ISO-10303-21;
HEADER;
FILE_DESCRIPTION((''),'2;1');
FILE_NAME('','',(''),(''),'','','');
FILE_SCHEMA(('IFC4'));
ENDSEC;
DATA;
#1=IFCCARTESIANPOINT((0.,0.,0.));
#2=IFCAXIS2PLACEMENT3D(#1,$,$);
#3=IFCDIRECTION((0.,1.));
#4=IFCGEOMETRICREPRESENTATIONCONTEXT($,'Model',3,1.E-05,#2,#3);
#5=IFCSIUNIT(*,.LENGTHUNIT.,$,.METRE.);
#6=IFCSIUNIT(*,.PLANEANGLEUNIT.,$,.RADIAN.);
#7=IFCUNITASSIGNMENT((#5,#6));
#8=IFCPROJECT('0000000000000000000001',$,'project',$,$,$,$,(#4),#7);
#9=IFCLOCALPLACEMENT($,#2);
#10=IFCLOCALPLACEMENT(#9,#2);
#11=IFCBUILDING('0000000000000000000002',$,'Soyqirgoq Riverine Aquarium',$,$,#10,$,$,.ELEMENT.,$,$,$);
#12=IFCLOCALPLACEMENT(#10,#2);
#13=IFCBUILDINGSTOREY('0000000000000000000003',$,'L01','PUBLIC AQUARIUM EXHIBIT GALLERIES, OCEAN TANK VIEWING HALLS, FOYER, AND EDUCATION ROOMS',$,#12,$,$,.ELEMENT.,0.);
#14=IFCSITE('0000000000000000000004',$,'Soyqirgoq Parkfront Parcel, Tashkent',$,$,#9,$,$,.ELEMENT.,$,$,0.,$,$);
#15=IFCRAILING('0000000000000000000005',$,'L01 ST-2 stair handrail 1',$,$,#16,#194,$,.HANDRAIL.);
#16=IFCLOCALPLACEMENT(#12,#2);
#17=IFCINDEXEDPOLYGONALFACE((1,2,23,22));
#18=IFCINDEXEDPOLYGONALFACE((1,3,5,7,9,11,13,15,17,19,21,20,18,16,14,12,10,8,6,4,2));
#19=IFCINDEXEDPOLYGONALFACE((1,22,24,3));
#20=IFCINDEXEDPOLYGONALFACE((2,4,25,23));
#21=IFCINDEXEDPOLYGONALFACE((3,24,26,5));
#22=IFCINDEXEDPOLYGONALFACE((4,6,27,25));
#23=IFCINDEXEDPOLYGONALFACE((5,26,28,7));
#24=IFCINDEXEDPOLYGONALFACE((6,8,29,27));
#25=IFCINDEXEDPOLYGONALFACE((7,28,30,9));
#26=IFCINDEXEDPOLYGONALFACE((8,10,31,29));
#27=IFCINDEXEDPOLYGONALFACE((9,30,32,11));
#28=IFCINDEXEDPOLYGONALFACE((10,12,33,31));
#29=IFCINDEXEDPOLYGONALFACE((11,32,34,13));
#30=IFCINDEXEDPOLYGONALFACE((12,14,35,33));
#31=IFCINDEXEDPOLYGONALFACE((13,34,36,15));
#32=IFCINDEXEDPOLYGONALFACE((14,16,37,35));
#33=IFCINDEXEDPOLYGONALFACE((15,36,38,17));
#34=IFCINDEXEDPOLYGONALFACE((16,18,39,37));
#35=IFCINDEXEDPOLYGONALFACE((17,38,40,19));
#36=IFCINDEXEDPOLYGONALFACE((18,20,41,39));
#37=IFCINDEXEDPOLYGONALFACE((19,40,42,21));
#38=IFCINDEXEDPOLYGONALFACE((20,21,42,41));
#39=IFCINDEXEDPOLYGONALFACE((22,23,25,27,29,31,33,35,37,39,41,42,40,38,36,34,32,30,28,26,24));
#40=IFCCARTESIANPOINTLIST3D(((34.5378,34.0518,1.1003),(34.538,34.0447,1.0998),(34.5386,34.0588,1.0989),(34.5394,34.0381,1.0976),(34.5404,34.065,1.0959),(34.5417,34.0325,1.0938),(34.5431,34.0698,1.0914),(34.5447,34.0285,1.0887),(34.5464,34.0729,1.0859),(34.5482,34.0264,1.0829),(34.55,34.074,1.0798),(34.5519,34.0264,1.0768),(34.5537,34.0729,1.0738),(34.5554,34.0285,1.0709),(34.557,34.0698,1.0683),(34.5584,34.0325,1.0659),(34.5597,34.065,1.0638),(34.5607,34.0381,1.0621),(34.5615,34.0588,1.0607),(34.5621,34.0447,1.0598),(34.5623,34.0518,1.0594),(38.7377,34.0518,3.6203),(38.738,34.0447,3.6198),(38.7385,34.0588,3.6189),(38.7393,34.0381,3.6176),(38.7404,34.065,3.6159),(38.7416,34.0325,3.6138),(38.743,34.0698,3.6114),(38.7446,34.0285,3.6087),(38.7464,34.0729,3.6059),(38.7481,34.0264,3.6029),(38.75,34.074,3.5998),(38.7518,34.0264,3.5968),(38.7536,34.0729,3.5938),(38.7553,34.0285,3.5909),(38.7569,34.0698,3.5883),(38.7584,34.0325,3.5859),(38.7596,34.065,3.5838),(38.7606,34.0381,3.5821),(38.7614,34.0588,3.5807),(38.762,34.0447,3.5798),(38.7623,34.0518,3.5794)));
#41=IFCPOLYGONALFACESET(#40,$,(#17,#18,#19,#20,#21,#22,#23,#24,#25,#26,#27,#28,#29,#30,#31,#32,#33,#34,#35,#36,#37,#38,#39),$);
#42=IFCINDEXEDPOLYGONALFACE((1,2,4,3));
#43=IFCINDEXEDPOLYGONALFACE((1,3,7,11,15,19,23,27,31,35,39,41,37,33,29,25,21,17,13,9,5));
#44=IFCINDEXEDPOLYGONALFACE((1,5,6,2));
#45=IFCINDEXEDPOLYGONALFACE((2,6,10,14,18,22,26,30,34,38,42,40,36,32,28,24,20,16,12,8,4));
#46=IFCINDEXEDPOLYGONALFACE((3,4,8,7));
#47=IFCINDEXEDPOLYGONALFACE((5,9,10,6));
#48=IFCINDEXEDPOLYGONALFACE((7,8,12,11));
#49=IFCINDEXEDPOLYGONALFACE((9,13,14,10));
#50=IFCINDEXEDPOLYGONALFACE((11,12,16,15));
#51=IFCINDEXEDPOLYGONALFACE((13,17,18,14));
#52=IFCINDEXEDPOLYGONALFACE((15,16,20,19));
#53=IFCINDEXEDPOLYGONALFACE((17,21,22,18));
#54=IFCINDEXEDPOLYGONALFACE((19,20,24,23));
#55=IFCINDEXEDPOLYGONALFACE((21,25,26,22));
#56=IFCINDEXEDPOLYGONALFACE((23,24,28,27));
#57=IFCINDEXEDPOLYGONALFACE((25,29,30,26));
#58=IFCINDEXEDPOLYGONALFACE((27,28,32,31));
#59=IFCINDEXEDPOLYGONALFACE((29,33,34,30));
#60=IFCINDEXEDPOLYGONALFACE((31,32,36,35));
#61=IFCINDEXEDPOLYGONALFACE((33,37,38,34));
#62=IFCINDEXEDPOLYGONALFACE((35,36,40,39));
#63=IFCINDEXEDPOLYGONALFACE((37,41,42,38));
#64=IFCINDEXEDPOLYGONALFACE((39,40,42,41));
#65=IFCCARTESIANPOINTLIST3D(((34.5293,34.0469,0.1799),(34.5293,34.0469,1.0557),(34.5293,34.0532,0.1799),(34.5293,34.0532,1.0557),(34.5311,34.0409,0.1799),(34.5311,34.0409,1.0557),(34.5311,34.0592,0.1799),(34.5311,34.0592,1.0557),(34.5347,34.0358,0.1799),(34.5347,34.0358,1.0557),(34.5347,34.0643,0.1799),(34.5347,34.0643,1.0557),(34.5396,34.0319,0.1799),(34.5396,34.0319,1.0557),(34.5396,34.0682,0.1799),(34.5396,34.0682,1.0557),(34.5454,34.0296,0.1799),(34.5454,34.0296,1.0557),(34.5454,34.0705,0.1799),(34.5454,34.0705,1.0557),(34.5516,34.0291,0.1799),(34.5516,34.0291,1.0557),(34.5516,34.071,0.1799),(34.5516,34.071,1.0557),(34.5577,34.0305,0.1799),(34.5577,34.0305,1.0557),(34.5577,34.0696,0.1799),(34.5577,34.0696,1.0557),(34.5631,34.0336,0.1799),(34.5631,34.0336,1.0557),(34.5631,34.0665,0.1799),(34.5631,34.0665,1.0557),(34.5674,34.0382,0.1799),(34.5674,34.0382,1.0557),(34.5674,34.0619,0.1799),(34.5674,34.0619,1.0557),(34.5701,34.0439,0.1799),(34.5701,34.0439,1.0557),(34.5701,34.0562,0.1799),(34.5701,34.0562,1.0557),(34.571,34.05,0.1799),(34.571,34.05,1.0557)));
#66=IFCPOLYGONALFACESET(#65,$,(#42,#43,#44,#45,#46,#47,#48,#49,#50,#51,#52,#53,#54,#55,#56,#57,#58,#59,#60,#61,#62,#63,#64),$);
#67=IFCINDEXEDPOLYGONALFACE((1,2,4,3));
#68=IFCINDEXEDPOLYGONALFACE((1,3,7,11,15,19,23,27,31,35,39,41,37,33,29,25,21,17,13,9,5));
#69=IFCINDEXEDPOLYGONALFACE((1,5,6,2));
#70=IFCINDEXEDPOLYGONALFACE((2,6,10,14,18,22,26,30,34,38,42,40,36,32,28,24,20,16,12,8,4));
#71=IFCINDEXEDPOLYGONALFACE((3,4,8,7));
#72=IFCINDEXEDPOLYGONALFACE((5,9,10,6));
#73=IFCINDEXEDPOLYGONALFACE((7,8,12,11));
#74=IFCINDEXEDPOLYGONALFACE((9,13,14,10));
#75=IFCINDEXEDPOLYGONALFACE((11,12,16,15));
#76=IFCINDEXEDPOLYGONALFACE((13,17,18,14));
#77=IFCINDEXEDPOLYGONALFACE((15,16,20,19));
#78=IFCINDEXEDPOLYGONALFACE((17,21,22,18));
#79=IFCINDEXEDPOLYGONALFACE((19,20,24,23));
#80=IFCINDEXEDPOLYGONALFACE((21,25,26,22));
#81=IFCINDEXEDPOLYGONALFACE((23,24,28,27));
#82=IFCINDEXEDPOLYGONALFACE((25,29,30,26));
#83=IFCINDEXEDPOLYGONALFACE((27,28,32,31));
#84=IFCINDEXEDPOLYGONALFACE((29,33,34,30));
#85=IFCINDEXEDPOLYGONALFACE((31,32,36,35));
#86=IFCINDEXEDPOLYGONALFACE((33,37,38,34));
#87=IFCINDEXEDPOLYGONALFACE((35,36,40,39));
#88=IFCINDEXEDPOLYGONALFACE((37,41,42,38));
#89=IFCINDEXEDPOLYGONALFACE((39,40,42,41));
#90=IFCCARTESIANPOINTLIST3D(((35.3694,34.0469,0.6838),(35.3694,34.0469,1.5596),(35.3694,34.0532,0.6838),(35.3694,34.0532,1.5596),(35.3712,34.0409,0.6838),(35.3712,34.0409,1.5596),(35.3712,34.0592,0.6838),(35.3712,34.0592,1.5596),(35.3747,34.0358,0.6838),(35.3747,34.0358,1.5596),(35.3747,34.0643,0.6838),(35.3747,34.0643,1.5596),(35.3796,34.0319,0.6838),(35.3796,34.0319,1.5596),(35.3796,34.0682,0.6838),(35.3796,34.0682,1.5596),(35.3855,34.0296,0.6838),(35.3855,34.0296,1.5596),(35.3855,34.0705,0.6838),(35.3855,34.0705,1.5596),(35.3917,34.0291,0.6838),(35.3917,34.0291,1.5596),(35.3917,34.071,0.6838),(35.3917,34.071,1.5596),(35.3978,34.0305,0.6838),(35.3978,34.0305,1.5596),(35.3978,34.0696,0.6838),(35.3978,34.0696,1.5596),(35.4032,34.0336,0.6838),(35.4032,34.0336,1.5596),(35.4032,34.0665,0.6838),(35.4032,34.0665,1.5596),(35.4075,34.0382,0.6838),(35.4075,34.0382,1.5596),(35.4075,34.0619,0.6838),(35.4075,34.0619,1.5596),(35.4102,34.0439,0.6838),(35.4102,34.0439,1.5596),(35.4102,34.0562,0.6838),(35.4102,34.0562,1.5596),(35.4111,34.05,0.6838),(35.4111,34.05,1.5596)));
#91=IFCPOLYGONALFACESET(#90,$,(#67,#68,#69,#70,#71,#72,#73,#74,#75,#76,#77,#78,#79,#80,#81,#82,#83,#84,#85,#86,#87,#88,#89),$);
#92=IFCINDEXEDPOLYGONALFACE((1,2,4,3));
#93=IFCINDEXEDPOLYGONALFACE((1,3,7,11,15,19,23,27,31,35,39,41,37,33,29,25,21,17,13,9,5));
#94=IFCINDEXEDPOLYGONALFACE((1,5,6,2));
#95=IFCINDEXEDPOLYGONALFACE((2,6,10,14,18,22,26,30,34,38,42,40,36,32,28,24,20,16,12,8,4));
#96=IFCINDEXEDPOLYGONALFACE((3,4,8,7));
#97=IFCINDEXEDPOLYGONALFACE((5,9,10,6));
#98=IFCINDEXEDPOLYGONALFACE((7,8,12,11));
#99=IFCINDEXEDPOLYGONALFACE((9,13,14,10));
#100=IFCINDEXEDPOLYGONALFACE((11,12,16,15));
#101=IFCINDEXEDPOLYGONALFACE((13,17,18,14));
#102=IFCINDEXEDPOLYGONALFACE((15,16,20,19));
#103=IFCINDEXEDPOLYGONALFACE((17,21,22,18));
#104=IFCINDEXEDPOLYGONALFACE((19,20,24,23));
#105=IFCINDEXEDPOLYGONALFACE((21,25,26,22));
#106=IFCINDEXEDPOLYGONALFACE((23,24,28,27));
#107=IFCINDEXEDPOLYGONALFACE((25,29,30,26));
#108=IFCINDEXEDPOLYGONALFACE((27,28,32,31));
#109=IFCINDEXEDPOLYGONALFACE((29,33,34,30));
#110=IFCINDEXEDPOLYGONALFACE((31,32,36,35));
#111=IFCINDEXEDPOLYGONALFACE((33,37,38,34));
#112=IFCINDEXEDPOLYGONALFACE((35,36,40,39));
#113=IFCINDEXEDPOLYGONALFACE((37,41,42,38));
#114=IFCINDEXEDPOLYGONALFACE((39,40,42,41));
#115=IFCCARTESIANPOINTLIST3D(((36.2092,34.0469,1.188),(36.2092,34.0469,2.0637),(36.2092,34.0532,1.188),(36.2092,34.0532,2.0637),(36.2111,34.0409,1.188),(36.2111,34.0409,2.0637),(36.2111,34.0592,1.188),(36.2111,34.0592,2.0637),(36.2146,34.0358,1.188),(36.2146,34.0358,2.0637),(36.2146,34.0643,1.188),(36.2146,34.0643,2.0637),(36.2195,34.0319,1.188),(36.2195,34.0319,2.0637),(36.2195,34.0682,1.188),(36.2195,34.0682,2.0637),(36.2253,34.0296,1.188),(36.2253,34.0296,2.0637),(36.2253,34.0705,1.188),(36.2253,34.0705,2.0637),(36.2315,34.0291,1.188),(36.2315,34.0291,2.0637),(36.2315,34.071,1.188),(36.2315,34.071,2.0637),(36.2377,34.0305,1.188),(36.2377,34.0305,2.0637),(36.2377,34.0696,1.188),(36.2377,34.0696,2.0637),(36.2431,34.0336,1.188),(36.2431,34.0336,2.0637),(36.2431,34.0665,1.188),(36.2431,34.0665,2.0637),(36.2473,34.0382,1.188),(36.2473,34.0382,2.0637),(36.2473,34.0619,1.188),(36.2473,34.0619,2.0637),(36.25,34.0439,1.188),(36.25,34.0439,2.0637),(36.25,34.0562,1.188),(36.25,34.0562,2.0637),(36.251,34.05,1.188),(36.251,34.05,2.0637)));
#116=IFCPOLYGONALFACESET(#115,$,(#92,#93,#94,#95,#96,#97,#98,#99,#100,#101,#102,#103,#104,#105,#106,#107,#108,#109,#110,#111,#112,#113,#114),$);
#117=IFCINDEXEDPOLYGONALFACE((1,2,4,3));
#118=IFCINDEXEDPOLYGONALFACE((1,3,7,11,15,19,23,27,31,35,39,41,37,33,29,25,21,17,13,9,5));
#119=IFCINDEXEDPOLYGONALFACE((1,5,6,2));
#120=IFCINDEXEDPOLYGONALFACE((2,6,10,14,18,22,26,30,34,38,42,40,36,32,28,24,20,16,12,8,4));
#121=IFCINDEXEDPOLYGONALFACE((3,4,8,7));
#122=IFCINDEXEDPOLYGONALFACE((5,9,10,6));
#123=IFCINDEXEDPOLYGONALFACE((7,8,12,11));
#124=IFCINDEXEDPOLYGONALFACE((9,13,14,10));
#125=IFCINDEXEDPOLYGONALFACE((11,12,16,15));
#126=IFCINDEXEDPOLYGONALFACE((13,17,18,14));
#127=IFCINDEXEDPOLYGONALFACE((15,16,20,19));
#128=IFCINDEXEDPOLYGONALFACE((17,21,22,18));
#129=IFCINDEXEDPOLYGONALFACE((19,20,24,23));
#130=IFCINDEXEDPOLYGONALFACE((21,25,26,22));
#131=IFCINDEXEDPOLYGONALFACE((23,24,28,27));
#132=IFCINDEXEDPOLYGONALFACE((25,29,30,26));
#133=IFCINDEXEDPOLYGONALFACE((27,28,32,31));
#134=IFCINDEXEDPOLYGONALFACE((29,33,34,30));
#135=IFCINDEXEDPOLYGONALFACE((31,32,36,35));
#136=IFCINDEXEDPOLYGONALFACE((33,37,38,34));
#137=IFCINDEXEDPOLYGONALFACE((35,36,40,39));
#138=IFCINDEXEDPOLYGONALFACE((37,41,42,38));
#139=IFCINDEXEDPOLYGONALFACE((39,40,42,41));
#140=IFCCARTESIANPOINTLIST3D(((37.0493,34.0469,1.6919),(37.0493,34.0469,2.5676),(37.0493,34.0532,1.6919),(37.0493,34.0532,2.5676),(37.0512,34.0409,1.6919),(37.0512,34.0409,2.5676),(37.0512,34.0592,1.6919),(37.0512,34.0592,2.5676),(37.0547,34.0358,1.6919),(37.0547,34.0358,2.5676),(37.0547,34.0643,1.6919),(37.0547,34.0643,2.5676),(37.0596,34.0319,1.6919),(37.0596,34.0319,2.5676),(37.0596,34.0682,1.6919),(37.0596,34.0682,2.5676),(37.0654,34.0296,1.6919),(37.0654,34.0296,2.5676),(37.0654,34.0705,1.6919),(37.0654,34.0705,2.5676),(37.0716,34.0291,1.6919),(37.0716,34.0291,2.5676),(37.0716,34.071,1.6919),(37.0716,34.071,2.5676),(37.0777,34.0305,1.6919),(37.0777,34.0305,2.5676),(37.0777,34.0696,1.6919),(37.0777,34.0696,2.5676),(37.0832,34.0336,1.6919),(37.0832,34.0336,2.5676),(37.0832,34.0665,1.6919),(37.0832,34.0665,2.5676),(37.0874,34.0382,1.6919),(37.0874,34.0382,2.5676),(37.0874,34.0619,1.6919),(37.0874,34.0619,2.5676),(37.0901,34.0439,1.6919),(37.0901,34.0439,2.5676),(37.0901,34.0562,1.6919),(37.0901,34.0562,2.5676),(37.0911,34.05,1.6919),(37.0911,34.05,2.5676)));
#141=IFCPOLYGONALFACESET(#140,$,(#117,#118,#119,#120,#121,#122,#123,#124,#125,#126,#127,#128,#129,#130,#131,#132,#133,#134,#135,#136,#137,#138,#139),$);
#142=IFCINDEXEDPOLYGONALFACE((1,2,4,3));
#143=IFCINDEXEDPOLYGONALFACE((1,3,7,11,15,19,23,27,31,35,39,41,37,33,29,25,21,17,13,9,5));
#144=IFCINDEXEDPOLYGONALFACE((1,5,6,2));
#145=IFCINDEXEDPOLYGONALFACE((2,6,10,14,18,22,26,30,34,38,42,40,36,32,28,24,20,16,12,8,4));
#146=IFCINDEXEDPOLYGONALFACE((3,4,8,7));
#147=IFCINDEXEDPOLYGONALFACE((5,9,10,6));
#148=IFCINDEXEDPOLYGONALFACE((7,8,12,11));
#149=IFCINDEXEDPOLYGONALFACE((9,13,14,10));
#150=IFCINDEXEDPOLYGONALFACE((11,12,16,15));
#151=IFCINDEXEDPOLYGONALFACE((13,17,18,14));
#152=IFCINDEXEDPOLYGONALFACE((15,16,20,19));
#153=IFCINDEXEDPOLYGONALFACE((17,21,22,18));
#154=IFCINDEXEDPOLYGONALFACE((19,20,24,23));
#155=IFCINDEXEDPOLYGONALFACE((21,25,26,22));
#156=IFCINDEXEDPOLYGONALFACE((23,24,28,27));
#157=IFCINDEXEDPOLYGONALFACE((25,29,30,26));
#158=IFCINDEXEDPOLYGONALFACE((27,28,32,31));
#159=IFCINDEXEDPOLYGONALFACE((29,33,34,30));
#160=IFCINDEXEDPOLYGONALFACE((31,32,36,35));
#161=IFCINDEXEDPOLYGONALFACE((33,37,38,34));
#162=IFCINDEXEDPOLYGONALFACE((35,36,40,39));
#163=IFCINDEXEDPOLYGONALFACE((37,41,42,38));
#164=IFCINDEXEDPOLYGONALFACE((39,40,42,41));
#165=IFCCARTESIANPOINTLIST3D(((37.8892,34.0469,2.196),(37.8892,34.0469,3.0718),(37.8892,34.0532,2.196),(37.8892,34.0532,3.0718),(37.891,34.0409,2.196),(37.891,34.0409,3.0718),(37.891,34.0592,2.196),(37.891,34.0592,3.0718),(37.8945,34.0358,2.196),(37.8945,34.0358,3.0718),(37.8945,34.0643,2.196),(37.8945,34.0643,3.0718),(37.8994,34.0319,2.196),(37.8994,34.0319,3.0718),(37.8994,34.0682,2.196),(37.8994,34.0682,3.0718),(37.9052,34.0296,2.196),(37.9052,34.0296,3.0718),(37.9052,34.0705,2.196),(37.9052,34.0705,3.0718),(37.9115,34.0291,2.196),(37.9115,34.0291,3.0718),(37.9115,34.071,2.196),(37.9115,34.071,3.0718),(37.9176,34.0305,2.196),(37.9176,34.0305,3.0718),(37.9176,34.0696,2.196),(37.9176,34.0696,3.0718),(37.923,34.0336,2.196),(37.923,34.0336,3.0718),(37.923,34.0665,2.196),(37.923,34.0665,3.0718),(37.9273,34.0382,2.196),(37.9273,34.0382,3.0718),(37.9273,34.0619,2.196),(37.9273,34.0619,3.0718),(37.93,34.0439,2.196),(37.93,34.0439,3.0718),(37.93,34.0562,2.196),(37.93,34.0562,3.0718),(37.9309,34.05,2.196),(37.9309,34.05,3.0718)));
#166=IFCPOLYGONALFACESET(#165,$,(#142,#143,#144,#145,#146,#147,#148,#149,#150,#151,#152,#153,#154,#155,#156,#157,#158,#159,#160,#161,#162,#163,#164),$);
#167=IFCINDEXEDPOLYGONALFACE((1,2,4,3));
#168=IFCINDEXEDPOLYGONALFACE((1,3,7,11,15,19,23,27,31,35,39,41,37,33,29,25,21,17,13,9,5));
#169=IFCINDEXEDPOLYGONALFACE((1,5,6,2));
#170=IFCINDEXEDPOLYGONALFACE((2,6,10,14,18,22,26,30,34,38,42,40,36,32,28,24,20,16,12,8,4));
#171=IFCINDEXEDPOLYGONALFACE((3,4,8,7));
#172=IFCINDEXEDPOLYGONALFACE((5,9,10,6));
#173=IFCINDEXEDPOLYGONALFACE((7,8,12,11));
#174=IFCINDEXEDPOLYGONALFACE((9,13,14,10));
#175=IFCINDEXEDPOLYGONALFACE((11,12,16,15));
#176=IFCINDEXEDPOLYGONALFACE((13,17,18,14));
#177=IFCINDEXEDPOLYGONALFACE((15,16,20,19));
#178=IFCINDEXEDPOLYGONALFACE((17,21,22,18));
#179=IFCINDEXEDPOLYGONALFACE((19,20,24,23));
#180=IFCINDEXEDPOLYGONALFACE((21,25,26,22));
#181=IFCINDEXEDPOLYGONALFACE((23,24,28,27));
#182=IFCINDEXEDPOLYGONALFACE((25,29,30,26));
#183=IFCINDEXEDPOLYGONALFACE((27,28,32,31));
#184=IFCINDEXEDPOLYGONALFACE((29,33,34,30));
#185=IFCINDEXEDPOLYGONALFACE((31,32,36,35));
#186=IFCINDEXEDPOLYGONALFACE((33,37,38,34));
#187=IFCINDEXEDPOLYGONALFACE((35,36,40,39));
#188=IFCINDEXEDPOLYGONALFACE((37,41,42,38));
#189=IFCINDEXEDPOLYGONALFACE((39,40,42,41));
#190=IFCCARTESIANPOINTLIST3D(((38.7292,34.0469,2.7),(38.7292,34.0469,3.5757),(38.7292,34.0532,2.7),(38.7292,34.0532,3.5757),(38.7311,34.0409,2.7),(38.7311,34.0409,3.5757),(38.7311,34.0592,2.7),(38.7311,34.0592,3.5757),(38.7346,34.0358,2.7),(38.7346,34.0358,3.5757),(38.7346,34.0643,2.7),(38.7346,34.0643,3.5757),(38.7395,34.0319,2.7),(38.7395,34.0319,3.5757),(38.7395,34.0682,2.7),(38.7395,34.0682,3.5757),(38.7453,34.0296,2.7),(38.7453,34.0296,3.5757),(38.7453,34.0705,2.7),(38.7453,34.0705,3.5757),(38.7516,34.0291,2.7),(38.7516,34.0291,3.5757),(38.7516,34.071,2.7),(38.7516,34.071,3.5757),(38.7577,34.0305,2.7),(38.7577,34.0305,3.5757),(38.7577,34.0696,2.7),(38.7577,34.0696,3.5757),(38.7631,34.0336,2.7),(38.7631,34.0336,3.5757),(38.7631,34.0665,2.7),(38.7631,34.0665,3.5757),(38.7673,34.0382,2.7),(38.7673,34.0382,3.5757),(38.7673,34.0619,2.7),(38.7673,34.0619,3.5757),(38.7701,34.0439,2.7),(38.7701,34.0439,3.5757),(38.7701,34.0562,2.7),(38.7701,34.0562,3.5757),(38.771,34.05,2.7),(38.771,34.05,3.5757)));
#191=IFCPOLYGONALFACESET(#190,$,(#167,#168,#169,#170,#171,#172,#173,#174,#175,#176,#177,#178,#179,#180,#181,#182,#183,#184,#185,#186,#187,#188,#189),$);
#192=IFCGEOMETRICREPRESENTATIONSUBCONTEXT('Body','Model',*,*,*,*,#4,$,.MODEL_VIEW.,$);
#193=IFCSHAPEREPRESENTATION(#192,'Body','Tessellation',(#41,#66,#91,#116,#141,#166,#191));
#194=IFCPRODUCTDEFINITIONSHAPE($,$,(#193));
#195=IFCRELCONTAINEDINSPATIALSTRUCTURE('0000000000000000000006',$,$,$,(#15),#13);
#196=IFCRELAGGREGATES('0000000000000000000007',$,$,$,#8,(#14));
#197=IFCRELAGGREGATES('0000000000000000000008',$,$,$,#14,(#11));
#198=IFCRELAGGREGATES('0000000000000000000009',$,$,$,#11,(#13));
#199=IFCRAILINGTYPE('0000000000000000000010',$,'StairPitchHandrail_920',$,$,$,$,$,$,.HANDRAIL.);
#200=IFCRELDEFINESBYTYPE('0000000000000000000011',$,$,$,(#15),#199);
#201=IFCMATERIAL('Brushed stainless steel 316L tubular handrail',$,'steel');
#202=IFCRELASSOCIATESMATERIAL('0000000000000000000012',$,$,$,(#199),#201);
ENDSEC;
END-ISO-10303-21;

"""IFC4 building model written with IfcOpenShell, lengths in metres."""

from ifc_helpers import new_model, si_unit, direction, frame, origin, origin_2d, place, context, subcontext, project, spatial, circle, extrude, material, type_object, element, save


model = new_model("IFC4")

# Units and contexts
model_context = context("Model", 3, precision=1e-05, world=origin(), true_north=direction((0.0, 1.0)))
body_context = subcontext(model_context, "Body", "Model", "MODEL_VIEW")
ifc_project = project(units=[si_unit("LENGTHUNIT", "METRE"), si_unit("PLANEANGLEUNIT", "RADIAN")], contexts=[model_context])

# Site, building, storey
site_placement = place(None, origin())
site = spatial("IfcSite", under=ifc_project, at=site_placement, Name="Soyqirgoq Parkfront Parcel, Tashkent", CompositionType="ELEMENT", RefElevation=0.0)
building_placement = place(site_placement, origin())
building = spatial("IfcBuilding", under=site, at=building_placement, Name="Soyqirgoq Riverine Aquarium", CompositionType="ELEMENT")
storey_placement = place(building_placement, origin())
storey = spatial("IfcBuildingStorey", under=building, at=storey_placement, Name="L01", Description="PUBLIC AQUARIUM EXHIBIT GALLERIES, OCEAN TANK VIEWING HALLS, FOYER, AND EDUCATION ROOMS", CompositionType="ELEMENT", Elevation=0.0)

# Railing
ifc_material_1 = material(Name="Brushed stainless steel 316L tubular handrail", Category="steel")
railing_type_1 = type_object("IfcRailingType", Name="StairPitchHandrail_920", PredefinedType="HANDRAIL", material=ifc_material_1)
railing_1_placement = place(storey_placement, frame((34.55, 34.05, 0.1799)))
element("IfcRailing", 1, at=railing_1_placement, inside=storey, type_object=railing_type_1, Name="L01 ST-2 stair handrail 1", PredefinedType="HANDRAIL", context=body_context, shape_type="SweptSolid", body=[
    extrude(circle(Radius=0.0239, at=origin_2d()), frame((0.0, 0.0, 0.8999), z_axis=(0.857489, 0.0, 0.514503), x_axis=(0.0, 1.0, 0.0)), (0.0, 0.0, 1.0), 4.8979),
    extrude(circle(Radius=0.021, at=origin_2d()), origin(), (0.0, 0.0, 1.0), 0.8757),
    extrude(circle(Radius=0.021, at=origin_2d()), frame((0.8401, 0.0, 0.5039)), (0.0, 0.0, 1.0), 0.8757),
    extrude(circle(Radius=0.021, at=origin_2d()), frame((1.6799, 0.0, 1.0081)), (0.0, 0.0, 1.0), 0.8757),
    extrude(circle(Radius=0.021, at=origin_2d()), frame((2.52, 0.0, 1.512)), (0.0, 0.0, 1.0), 0.8757),
    extrude(circle(Radius=0.021, at=origin_2d()), frame((3.3599, 0.0, 2.0161)), (0.0, 0.0, 1.0), 0.8757),
    extrude(circle(Radius=0.021, at=origin_2d()), frame((4.2, 0.0, 2.52)), (0.0, 0.0, 1.0), 0.8757),
])

save(model, "model.ifc")
